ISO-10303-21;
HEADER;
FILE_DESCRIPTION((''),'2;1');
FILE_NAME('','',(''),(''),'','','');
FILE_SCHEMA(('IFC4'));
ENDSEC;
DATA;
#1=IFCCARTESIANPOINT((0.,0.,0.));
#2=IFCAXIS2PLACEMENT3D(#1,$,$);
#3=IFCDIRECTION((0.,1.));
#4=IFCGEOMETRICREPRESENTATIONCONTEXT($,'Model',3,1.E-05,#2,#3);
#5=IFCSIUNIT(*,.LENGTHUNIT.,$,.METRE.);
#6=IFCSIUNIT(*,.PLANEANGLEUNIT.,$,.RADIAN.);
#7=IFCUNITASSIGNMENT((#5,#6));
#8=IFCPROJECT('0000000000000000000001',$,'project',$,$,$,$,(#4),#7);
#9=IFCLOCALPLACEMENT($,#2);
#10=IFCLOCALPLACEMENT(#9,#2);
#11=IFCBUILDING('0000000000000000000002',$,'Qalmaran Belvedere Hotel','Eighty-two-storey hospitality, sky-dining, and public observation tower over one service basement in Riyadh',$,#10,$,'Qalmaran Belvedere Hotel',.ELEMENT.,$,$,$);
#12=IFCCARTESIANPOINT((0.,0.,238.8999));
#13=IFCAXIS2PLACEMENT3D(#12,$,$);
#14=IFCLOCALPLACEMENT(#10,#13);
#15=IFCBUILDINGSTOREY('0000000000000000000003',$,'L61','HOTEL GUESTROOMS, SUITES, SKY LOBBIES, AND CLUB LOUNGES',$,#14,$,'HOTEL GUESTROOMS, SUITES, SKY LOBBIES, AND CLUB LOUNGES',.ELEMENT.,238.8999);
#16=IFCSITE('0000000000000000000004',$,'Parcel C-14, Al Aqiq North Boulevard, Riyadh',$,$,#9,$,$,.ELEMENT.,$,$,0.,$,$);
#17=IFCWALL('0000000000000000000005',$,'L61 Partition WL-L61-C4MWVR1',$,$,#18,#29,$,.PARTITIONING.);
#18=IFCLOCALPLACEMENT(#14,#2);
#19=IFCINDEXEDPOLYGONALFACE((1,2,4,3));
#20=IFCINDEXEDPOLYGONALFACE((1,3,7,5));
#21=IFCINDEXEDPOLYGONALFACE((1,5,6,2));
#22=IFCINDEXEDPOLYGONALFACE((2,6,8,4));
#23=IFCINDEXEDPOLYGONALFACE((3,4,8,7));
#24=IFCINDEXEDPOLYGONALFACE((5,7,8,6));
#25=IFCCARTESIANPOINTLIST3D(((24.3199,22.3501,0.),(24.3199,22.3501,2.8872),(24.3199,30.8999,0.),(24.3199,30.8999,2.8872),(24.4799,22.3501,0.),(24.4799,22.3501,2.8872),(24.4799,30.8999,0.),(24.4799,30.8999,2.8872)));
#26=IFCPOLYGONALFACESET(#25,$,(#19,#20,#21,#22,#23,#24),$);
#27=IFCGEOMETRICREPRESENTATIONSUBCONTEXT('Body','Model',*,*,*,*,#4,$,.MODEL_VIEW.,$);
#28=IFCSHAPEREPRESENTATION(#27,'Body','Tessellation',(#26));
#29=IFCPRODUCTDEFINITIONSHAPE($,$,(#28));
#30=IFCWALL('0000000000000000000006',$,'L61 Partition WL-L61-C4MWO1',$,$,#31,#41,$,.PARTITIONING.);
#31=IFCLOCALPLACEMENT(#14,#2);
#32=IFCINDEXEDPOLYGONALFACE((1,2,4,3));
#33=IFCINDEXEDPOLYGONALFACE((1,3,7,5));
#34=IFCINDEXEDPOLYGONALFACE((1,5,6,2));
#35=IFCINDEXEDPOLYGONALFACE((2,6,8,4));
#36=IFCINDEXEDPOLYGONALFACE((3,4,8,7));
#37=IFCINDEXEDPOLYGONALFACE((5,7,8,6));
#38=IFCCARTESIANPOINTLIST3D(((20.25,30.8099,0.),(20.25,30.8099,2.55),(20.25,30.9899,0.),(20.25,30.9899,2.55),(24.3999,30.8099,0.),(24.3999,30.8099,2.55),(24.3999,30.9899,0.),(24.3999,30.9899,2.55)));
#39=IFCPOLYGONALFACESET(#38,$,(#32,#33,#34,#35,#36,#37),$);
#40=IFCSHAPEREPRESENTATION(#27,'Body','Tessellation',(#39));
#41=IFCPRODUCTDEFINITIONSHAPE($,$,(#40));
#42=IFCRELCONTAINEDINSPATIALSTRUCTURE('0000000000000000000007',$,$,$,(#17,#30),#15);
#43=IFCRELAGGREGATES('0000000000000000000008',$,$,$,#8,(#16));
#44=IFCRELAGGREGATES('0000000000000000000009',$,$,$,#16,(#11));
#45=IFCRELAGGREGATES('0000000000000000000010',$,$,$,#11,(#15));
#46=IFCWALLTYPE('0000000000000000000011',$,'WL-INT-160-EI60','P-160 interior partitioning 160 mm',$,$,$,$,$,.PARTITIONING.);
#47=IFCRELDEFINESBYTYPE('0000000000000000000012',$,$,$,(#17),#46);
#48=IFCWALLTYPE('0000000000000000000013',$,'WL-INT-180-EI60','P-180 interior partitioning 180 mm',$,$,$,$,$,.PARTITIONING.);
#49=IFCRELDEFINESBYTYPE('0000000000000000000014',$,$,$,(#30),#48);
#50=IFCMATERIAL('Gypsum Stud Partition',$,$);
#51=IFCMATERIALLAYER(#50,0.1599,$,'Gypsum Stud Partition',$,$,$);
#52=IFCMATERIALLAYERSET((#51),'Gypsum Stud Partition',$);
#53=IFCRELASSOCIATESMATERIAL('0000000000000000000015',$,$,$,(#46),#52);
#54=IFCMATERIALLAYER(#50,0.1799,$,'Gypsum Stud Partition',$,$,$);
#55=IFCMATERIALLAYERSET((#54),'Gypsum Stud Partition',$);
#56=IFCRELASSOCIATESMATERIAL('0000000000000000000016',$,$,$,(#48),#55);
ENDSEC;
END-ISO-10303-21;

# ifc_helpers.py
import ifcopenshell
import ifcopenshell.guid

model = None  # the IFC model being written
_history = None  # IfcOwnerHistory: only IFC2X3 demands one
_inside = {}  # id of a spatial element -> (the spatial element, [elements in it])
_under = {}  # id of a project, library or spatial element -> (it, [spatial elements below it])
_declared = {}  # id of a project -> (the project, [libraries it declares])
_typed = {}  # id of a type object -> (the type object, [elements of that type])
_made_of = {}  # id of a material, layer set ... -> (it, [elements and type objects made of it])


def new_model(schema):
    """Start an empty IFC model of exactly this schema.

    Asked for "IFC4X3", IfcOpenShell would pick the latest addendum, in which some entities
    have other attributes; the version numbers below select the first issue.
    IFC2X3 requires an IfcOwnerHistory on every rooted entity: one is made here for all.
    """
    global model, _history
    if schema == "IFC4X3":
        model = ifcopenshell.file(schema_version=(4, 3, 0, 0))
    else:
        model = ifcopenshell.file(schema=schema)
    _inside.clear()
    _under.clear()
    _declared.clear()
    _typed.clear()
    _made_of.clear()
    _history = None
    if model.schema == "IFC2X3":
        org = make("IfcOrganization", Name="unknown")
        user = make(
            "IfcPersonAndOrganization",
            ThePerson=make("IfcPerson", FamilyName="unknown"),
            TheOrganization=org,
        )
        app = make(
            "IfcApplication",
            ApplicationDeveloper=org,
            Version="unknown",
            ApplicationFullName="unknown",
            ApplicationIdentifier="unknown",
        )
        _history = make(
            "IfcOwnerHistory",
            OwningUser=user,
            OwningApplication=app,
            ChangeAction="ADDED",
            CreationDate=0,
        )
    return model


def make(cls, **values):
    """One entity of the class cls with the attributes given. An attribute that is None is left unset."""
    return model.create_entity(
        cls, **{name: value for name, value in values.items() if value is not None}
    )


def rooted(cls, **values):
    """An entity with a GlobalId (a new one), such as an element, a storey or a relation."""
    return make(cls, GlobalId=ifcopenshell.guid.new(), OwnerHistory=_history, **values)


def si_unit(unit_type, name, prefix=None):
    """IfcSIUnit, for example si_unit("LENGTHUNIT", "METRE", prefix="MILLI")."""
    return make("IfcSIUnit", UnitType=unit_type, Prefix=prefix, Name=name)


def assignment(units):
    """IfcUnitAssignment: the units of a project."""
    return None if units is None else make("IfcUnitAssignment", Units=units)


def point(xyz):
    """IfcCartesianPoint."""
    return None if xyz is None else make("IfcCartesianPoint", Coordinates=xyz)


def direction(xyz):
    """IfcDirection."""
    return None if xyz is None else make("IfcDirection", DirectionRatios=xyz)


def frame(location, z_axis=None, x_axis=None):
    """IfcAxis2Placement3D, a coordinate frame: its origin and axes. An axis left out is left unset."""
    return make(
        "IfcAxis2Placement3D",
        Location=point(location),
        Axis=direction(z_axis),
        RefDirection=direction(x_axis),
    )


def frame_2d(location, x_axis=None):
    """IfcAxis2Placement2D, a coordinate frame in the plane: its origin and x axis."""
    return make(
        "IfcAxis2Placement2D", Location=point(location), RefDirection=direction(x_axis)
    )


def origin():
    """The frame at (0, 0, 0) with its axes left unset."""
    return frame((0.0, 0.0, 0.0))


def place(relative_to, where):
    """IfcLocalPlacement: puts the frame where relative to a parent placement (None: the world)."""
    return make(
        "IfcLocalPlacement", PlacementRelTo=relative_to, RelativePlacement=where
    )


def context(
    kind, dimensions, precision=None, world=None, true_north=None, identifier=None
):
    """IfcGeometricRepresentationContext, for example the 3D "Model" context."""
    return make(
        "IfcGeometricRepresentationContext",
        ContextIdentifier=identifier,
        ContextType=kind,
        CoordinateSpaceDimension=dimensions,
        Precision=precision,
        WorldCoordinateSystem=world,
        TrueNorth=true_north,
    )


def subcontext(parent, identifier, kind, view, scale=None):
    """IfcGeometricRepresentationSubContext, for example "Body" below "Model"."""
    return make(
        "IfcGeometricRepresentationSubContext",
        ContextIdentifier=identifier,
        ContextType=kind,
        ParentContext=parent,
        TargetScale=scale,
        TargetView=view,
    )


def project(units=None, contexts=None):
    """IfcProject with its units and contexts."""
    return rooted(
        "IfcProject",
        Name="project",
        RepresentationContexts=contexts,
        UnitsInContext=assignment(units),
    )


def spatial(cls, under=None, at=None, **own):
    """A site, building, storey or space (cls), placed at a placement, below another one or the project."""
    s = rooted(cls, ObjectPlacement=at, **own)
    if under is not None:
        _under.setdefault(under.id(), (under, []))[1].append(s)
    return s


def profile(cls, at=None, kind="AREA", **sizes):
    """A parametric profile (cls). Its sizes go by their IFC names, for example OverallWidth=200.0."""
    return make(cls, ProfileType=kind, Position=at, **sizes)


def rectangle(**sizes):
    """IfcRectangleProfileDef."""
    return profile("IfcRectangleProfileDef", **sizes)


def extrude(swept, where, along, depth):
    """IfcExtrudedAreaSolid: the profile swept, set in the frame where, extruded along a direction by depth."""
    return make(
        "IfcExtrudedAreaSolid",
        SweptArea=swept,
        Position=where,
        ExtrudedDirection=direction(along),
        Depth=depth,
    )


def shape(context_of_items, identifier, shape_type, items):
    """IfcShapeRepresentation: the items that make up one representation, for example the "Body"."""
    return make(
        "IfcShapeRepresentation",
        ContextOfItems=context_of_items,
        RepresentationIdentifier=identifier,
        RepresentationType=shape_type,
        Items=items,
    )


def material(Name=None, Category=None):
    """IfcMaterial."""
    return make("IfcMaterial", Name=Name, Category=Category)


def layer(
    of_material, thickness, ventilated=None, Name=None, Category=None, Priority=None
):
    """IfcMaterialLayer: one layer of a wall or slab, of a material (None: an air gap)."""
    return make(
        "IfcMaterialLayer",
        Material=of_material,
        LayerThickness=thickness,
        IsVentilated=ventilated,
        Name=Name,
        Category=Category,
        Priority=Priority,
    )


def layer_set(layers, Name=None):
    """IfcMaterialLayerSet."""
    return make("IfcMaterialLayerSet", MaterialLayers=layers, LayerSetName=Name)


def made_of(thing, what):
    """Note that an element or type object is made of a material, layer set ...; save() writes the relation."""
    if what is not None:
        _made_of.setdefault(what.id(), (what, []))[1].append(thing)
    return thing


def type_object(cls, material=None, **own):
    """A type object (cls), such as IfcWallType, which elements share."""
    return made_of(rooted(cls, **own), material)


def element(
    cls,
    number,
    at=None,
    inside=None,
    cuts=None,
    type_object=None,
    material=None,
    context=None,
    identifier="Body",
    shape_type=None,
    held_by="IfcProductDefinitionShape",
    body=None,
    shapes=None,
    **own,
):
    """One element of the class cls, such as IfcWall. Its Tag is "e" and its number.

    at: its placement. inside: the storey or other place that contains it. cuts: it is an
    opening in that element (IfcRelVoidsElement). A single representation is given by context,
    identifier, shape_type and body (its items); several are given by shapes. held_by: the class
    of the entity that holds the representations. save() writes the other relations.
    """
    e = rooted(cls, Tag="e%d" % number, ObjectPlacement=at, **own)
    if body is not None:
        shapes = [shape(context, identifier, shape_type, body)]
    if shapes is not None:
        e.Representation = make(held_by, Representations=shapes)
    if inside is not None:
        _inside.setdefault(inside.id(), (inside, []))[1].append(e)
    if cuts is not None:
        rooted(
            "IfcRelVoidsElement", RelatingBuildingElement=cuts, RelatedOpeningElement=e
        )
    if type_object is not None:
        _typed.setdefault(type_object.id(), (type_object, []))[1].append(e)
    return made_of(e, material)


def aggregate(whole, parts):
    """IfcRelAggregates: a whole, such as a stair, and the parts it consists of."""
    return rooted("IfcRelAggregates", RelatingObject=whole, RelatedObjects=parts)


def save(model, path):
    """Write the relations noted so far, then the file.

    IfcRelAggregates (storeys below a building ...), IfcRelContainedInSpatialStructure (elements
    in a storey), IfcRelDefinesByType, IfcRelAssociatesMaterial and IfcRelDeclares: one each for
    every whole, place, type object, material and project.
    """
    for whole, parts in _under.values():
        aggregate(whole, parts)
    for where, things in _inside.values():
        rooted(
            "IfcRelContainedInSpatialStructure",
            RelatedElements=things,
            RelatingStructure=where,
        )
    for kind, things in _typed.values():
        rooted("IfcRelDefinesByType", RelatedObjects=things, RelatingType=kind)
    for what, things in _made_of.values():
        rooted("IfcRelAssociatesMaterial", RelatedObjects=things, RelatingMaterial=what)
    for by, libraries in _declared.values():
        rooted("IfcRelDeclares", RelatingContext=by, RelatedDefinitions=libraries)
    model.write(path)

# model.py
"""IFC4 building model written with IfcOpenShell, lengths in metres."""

from ifc_helpers import new_model, si_unit, direction, frame, frame_2d, origin, place, context, subcontext, project, spatial, rectangle, extrude, material, layer, layer_set, type_object, element, save


model = new_model("IFC4")

# Units and contexts
model_context = context("Model", 3, precision=1e-05, world=origin(), true_north=direction((0.0, 1.0)))
body_context = subcontext(model_context, "Body", "Model", "MODEL_VIEW")
ifc_project = project(units=[si_unit("LENGTHUNIT", "METRE"), si_unit("PLANEANGLEUNIT", "RADIAN")], contexts=[model_context])

# Site, building, storey
site_placement = place(None, origin())
site = spatial("IfcSite", under=ifc_project, at=site_placement, Name="Parcel C-14, Al Aqiq North Boulevard, Riyadh", CompositionType="ELEMENT", RefElevation=0.0)
building_placement = place(site_placement, origin())
building = spatial("IfcBuilding", under=site, at=building_placement, Name="Qalmaran Belvedere Hotel", Description="Eighty-two-storey hospitality, sky-dining, and public observation tower over one service basement in Riyadh", LongName="Qalmaran Belvedere Hotel", CompositionType="ELEMENT")
storey_placement = place(building_placement, frame((0.0, 0.0, 238.8999)))
storey = spatial("IfcBuildingStorey", under=building, at=storey_placement, Name="L61", Description="HOTEL GUESTROOMS, SUITES, SKY LOBBIES, AND CLUB LOUNGES", LongName="HOTEL GUESTROOMS, SUITES, SKY LOBBIES, AND CLUB LOUNGES", CompositionType="ELEMENT", Elevation=238.8999)

# Shared definitions
ifc_material_1 = material(Name="Gypsum Stud Partition")

# Walls
ifc_layer_1 = layer(ifc_material_1, 0.1599, Name="Gypsum Stud Partition")
ifc_layer_set_1 = layer_set([ifc_layer_1], Name="Gypsum Stud Partition")
wall_type_1 = type_object("IfcWallType", Name="WL-INT-160-EI60", Description="P-160 interior partitioning 160 mm", PredefinedType="PARTITIONING", material=ifc_layer_set_1)
wall_1_placement = place(storey_placement, frame((24.3999, 22.3501, 0.0), z_axis=(0.0, 0.0, 1.0), x_axis=(0.0, 1.0, 0.0)))
element("IfcWall", 1, at=wall_1_placement, inside=storey, type_object=wall_type_1, Name="L61 Partition WL-L61-C4MWVR1", PredefinedType="PARTITIONING", context=body_context, shape_type="SweptSolid", body=[
    extrude(rectangle(XDim=8.5498, YDim=0.1599, at=frame_2d((4.2749, 0.0))), origin(), (0.0, 0.0, 1.0), 2.8872),
])
ifc_layer_2 = layer(ifc_material_1, 0.1799, Name="Gypsum Stud Partition")
ifc_layer_set_2 = layer_set([ifc_layer_2], Name="Gypsum Stud Partition")
wall_type_2 = type_object("IfcWallType", Name="WL-INT-180-EI60", Description="P-180 interior partitioning 180 mm", PredefinedType="PARTITIONING", material=ifc_layer_set_2)
wall_2_placement = place(storey_placement, frame((20.25, 30.8999, 0.0), z_axis=(0.0, 0.0, 1.0), x_axis=(1.0, 0.0, 0.0)))
element("IfcWall", 2, at=wall_2_placement, inside=storey, type_object=wall_type_2, Name="L61 Partition WL-L61-C4MWO1", PredefinedType="PARTITIONING", context=body_context, shape_type="SweptSolid", body=[
    extrude(rectangle(XDim=4.1499, YDim=0.1799, at=frame_2d((2.075, 0.0))), origin(), (0.0, 0.0, 1.0), 2.55),
])

save(model, "model.ifc")
